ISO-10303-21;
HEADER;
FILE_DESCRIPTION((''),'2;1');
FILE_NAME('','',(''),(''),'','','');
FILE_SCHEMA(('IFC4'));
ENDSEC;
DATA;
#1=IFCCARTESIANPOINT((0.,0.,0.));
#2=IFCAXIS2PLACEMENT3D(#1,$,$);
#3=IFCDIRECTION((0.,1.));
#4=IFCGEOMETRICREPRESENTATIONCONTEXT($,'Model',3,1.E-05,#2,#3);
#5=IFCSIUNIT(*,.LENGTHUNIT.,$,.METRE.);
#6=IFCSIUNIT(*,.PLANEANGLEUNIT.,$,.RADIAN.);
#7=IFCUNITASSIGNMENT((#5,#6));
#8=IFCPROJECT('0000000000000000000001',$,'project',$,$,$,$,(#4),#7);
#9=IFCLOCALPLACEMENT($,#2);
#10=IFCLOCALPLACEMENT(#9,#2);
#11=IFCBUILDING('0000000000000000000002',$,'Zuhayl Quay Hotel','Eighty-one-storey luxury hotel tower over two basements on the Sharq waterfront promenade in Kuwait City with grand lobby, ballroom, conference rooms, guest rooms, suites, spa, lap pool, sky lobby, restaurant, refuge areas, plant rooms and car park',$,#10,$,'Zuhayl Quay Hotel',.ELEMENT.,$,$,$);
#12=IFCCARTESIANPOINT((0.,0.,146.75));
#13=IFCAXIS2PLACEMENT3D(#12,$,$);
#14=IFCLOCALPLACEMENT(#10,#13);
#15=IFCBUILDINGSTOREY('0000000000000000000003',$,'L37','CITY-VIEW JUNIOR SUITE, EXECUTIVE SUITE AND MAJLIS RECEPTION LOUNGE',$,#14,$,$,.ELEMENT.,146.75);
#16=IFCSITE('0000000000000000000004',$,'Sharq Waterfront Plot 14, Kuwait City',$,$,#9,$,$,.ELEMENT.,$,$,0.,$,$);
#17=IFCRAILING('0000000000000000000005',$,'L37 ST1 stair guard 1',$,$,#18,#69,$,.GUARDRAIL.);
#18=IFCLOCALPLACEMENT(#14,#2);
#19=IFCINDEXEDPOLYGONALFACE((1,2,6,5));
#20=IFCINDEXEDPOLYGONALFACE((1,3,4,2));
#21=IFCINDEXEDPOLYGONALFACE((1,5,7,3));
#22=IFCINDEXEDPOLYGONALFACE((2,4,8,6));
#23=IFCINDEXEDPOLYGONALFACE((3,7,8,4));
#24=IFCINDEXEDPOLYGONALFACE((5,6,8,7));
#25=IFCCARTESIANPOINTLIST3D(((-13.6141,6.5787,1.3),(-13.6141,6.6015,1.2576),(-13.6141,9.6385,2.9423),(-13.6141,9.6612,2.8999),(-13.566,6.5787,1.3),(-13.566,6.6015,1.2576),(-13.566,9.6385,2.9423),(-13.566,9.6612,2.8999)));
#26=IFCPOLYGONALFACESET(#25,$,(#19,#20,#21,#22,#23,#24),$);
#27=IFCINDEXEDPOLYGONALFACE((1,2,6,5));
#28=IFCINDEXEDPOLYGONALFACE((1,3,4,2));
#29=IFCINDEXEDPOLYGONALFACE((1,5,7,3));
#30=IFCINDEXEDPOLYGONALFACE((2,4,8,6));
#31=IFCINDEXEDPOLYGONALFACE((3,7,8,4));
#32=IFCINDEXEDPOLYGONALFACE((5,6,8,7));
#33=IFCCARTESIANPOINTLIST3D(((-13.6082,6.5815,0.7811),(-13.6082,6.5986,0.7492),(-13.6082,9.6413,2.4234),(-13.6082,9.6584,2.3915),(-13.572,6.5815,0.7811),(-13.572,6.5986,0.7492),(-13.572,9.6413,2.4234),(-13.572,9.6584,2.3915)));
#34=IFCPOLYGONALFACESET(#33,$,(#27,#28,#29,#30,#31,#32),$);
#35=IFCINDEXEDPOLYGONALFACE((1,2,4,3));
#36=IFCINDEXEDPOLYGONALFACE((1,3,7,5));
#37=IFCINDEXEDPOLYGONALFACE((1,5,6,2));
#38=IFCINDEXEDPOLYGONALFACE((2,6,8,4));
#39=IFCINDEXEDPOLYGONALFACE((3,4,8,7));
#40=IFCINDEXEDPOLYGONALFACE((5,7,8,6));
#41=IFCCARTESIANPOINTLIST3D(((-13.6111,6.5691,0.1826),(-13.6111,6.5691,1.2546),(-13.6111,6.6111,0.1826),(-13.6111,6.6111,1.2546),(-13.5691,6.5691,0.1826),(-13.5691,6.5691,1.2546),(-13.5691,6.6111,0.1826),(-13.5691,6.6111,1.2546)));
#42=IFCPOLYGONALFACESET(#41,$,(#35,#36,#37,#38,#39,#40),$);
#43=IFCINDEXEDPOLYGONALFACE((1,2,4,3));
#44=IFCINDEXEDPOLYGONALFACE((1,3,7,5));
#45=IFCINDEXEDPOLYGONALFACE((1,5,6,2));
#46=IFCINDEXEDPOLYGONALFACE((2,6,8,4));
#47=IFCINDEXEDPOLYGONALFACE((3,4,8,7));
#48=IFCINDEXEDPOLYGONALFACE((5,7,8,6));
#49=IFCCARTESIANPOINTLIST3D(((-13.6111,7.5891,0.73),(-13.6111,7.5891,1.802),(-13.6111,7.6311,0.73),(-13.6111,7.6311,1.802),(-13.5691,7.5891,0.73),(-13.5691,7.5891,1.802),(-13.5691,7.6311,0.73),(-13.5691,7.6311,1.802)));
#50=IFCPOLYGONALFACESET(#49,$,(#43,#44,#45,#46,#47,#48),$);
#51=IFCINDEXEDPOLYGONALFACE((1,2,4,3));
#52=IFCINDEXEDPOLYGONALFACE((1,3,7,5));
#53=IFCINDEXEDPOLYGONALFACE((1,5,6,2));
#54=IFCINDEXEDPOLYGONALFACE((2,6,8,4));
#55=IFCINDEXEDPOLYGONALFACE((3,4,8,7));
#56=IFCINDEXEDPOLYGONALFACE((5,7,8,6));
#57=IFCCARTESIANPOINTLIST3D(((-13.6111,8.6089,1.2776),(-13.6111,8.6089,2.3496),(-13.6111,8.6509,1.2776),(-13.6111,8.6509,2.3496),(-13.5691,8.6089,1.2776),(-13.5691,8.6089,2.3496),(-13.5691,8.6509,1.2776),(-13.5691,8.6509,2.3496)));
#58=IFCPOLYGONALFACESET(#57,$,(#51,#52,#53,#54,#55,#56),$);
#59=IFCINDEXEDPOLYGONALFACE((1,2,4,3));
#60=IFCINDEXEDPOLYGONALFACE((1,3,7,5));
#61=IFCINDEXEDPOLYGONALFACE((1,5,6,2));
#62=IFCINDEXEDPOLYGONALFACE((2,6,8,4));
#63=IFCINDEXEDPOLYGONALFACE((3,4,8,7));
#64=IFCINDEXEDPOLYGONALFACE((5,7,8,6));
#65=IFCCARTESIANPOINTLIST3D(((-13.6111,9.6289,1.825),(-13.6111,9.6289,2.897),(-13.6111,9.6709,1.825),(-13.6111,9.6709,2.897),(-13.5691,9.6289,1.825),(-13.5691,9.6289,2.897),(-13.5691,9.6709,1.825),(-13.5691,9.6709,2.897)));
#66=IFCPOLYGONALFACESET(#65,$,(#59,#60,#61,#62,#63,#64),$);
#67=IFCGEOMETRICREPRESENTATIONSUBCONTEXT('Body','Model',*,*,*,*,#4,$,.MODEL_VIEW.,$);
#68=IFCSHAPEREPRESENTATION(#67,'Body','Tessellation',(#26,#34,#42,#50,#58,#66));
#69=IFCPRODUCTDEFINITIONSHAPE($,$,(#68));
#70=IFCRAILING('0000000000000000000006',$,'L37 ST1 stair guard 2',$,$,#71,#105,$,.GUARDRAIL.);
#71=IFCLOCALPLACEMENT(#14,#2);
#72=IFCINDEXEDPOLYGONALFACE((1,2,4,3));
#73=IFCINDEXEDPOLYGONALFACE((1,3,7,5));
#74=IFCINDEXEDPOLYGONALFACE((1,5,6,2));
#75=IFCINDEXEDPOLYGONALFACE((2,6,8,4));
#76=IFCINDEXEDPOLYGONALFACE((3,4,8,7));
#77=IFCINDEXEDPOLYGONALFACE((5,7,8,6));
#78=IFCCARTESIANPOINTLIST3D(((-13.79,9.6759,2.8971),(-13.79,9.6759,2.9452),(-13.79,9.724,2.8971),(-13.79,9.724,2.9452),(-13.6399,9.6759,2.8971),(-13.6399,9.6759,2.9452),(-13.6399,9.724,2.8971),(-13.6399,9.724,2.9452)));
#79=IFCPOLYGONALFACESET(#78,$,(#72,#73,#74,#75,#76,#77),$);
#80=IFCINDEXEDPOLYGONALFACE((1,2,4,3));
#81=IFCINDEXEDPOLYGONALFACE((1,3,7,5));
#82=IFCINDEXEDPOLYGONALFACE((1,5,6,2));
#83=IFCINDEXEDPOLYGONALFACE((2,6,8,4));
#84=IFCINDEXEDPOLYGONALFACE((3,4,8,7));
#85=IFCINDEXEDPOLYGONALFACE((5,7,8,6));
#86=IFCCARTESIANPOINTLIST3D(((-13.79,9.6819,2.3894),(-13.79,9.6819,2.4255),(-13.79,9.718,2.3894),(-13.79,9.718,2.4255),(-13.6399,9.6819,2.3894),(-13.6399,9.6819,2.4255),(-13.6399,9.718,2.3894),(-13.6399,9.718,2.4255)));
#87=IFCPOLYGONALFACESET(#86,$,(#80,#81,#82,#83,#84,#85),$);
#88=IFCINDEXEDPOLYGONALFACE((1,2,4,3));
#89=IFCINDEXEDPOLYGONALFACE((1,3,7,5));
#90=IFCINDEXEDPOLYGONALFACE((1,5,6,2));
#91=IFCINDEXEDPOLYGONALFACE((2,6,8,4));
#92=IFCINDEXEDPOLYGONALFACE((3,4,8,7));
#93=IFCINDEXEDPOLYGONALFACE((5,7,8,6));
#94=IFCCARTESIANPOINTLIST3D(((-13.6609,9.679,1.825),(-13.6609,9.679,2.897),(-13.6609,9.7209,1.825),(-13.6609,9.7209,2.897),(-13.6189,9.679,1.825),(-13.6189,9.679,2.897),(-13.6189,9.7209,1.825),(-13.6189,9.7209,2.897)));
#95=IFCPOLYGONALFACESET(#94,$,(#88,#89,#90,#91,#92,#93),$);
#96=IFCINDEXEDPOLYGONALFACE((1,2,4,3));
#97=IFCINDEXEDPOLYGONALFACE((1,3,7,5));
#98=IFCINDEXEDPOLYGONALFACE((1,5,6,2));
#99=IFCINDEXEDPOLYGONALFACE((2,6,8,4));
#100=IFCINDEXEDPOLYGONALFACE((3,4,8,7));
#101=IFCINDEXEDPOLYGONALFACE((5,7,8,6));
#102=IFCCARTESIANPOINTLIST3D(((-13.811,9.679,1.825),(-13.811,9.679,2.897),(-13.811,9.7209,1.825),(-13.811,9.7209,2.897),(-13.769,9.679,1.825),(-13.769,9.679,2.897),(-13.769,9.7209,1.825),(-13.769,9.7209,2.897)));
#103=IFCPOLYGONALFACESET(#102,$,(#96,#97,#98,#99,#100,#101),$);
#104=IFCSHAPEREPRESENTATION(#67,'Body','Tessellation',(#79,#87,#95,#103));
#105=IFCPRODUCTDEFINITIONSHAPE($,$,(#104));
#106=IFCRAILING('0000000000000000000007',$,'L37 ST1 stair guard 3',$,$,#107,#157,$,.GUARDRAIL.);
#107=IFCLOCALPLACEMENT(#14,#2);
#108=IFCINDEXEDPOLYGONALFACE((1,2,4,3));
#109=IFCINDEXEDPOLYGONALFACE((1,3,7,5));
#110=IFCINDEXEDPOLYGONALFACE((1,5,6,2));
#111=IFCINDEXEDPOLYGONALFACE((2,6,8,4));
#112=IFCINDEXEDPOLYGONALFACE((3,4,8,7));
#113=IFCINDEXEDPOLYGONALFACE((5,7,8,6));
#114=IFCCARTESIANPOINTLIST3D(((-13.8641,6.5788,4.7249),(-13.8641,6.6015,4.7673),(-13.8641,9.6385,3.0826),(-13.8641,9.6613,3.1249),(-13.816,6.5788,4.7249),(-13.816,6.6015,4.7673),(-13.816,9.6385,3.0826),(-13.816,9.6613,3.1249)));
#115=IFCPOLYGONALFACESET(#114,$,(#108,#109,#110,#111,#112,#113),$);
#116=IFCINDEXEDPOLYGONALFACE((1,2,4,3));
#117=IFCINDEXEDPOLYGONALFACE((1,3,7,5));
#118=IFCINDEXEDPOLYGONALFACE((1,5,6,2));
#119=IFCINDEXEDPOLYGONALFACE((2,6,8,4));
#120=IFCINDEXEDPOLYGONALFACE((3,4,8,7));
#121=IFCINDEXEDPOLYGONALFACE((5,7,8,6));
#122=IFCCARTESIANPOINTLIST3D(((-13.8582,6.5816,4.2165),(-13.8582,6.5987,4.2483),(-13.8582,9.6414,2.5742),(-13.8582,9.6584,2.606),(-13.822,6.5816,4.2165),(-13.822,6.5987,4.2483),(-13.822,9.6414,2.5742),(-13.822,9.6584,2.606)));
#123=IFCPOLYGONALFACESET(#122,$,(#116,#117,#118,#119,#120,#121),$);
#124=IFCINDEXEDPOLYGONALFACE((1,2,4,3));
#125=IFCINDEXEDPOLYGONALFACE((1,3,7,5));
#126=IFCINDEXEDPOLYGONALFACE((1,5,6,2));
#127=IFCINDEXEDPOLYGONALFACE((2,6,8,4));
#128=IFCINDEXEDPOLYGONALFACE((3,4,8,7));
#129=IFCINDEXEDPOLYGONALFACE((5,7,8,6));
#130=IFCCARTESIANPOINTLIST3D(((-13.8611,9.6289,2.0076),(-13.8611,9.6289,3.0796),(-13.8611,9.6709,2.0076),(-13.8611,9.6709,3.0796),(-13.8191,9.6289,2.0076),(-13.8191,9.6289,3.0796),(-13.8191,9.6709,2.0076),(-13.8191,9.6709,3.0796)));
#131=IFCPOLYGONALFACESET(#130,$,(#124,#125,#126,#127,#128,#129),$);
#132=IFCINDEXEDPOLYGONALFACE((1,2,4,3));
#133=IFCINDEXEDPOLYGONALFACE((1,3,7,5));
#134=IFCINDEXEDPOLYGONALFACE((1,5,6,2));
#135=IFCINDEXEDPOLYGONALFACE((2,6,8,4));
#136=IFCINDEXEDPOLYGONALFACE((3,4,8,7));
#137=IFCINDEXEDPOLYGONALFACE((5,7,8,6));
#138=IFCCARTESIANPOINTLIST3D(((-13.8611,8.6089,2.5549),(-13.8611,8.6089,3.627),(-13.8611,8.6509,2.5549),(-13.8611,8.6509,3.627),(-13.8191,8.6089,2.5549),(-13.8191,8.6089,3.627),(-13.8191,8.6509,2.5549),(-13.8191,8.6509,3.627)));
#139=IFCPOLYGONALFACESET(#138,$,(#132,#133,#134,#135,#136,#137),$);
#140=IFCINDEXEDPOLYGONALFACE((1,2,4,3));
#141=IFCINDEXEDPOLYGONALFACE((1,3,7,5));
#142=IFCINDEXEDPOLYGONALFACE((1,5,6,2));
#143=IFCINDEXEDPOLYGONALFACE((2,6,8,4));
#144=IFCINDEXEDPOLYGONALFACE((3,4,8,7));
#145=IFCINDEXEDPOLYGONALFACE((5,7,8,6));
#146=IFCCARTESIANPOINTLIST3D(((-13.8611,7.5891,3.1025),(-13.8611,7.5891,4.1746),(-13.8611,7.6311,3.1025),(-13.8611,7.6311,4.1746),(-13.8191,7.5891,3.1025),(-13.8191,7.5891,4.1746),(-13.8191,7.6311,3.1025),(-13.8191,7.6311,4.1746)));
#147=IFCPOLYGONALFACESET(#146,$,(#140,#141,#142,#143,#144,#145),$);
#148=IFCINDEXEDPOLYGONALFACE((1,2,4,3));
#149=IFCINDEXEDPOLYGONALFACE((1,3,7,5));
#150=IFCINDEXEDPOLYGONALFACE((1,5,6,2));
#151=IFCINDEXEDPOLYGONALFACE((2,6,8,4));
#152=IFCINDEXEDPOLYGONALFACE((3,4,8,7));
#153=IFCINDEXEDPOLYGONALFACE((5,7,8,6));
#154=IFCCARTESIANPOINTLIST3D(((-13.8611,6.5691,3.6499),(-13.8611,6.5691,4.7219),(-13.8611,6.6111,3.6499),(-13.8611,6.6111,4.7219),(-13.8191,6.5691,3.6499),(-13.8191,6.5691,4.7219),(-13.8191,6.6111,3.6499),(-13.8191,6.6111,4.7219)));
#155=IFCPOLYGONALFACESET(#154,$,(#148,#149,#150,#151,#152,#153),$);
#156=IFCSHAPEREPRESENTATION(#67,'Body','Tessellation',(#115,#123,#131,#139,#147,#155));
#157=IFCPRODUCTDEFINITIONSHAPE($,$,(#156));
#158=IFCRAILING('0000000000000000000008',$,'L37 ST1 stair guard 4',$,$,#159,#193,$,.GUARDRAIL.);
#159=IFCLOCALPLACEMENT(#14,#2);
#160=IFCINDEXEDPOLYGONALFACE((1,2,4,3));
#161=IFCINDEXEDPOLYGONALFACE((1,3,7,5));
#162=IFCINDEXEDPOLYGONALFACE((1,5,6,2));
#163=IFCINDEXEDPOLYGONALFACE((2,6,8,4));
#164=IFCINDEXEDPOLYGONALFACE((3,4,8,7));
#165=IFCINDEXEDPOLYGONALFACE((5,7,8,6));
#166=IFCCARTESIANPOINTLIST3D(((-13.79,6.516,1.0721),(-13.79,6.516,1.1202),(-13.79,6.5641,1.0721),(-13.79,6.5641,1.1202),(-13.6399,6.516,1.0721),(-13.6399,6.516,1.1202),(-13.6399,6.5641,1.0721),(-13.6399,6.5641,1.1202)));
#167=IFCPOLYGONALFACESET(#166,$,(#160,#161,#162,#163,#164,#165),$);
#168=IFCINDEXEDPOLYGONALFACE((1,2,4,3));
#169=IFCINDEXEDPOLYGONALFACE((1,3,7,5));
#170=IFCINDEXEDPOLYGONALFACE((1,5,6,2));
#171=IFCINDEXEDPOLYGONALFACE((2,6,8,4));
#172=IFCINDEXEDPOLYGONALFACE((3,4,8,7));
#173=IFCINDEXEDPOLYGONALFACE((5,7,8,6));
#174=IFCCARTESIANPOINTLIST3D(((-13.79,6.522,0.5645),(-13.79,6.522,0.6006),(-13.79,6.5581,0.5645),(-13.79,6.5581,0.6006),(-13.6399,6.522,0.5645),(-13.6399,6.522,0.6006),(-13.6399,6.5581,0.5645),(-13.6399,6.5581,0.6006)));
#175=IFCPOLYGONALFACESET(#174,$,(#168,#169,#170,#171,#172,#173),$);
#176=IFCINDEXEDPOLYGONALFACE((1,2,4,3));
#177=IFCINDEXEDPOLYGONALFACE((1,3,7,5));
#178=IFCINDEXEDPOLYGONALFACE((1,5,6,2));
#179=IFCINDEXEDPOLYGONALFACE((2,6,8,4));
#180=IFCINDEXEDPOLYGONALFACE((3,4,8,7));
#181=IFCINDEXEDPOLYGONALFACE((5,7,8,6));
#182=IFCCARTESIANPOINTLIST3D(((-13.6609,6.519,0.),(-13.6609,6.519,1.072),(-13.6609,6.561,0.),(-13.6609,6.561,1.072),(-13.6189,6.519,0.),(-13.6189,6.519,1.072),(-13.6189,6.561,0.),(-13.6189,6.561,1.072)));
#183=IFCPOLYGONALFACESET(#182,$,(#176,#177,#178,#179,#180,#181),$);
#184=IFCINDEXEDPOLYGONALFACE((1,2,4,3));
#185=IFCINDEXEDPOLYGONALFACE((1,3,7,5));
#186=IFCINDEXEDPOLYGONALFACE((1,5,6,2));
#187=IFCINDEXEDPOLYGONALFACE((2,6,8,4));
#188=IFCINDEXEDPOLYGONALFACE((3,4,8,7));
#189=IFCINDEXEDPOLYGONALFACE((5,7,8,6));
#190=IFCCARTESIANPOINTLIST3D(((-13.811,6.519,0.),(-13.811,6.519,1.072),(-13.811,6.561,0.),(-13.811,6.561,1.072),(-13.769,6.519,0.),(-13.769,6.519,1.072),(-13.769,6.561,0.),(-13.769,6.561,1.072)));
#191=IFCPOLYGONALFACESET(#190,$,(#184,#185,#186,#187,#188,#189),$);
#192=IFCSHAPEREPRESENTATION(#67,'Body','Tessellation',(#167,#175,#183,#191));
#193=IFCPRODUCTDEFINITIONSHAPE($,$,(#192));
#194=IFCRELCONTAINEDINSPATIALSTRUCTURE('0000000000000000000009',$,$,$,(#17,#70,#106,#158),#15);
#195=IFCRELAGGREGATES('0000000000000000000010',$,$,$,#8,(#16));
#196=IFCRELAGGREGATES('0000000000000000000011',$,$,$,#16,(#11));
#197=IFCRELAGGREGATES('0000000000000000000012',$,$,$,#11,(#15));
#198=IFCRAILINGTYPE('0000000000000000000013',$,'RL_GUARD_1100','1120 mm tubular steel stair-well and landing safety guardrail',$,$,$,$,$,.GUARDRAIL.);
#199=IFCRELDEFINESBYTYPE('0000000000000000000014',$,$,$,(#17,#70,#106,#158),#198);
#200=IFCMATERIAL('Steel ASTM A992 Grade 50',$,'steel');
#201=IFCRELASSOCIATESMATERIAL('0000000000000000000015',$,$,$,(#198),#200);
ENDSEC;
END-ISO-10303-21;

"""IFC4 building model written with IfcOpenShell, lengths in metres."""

from ifc_helpers import new_model, si_unit, direction, frame, origin, origin_2d, place, context, subcontext, project, spatial, rectangle, extrude, material, type_object, element, save


model = new_model("IFC4")

# Units and contexts
model_context = context("Model", 3, precision=1e-05, world=origin(), true_north=direction((0.0, 1.0)))
body_context = subcontext(model_context, "Body", "Model", "MODEL_VIEW")
ifc_project = project(units=[si_unit("LENGTHUNIT", "METRE"), si_unit("PLANEANGLEUNIT", "RADIAN")], contexts=[model_context])

# Site, building, storey
site_placement = place(None, origin())
site = spatial("IfcSite", under=ifc_project, at=site_placement, Name="Sharq Waterfront Plot 14, Kuwait City", CompositionType="ELEMENT", RefElevation=0.0)
building_placement = place(site_placement, origin())
building = spatial("IfcBuilding", under=site, at=building_placement, Name="Zuhayl Quay Hotel", Description="Eighty-one-storey luxury hotel tower over two basements on the Sharq waterfront promenade in Kuwait City with grand lobby, ballroom, conference rooms, guest rooms, suites, spa, lap pool, sky lobby, restaurant, refuge areas, plant rooms and car park", LongName="Zuhayl Quay Hotel", CompositionType="ELEMENT")
storey_placement = place(building_placement, frame((0.0, 0.0, 146.75)))
storey = spatial("IfcBuildingStorey", under=building, at=storey_placement, Name="L37", Description="CITY-VIEW JUNIOR SUITE, EXECUTIVE SUITE AND MAJLIS RECEPTION LOUNGE", CompositionType="ELEMENT", Elevation=146.75)

# Shared definitions
ifc_material_1 = material(Name="Steel ASTM A992 Grade 50", Category="steel")

# Railings
railing_type_1 = type_object("IfcRailingType", Name="RL_GUARD_1100", Description="1120 mm tubular steel stair-well and landing safety guardrail", PredefinedType="GUARDRAIL", material=ifc_material_1)
railing_1_placement = place(storey_placement, frame((-13.5901, 6.5901, 0.1826)))
element("IfcRailing", 1, at=railing_1_placement, inside=storey, type_object=railing_type_1, Name="L37 ST1 stair guard 1", PredefinedType="GUARDRAIL", context=body_context, shape_type="SweptSolid", body=[
    extrude(rectangle(XDim=0.0481, YDim=0.0481, at=origin_2d()), frame((0.0, 0.0, 1.0962), z_axis=(0.0, 0.881102, 0.472926), x_axis=(-1.0, 0.0, 0.0)), (0.0, 0.0, 1.0), 3.4727),
    extrude(rectangle(XDim=0.0361, YDim=0.0361, at=origin_2d()), frame((0.0, 0.0, 0.5825), z_axis=(0.0, 0.881102, 0.472926), x_axis=(-1.0, 0.0, 0.0)), (0.0, 0.0, 1.0), 3.4727),
    extrude(rectangle(XDim=0.042, YDim=0.042, at=origin_2d()), origin(), (0.0, 0.0, 1.0), 1.072),
    extrude(rectangle(XDim=0.042, YDim=0.042, at=origin_2d()), frame((0.0, 1.02, 0.5474)), (0.0, 0.0, 1.0), 1.072),
    extrude(rectangle(XDim=0.042, YDim=0.042, at=origin_2d()), frame((0.0, 2.0398, 1.095)), (0.0, 0.0, 1.0), 1.072),
    extrude(rectangle(XDim=0.042, YDim=0.042, at=origin_2d()), frame((0.0, 3.0598, 1.6423)), (0.0, 0.0, 1.0), 1.072),
])
railing_2_placement = place(storey_placement, frame((-13.6399, 9.7, 1.825)))
element("IfcRailing", 2, at=railing_2_placement, inside=storey, type_object=railing_type_1, Name="L37 ST1 stair guard 2", PredefinedType="GUARDRAIL", context=body_context, shape_type="SweptSolid", body=[
    extrude(rectangle(XDim=0.0481, YDim=0.0481, at=origin_2d()), frame((0.0, 0.0, 1.0962), z_axis=(-1.0, 0.0, 0.0), x_axis=(0.0, -1.0, 0.0)), (0.0, 0.0, 1.0), 0.1501),
    extrude(rectangle(XDim=0.0361, YDim=0.0361, at=origin_2d()), frame((0.0, 0.0, 0.5825), z_axis=(-1.0, 0.0, 0.0), x_axis=(0.0, -1.0, 0.0)), (0.0, 0.0, 1.0), 0.1501),
    extrude(rectangle(XDim=0.042, YDim=0.042, at=origin_2d()), origin(), (0.0, 0.0, 1.0), 1.072),
    extrude(rectangle(XDim=0.042, YDim=0.042, at=origin_2d()), frame((-0.1501, 0.0, 0.0)), (0.0, 0.0, 1.0), 1.072),
])
railing_3_placement = place(storey_placement, frame((-13.8401, 9.6499, 2.0076)))
element("IfcRailing", 3, at=railing_3_placement, inside=storey, type_object=railing_type_1, Name="L37 ST1 stair guard 3", PredefinedType="GUARDRAIL", context=body_context, shape_type="SweptSolid", body=[
    extrude(rectangle(XDim=0.0481, YDim=0.0481, at=origin_2d()), frame((0.0, 0.0, 1.0962), z_axis=(0.0, -0.881102, 0.472926), x_axis=(1.0, 0.0, 0.0)), (0.0, 0.0, 1.0), 3.4727),
    extrude(rectangle(XDim=0.0361, YDim=0.0361, at=origin_2d()), frame((0.0, 0.0, 0.5825), z_axis=(0.0, -0.881102, 0.472926), x_axis=(1.0, 0.0, 0.0)), (0.0, 0.0, 1.0), 3.4727),
    extrude(rectangle(XDim=0.042, YDim=0.042, at=origin_2d()), origin(), (0.0, 0.0, 1.0), 1.072),
    extrude(rectangle(XDim=0.042, YDim=0.042, at=origin_2d()), frame((0.0, -1.02, 0.5474)), (0.0, 0.0, 1.0), 1.072),
    extrude(rectangle(XDim=0.042, YDim=0.042, at=origin_2d()), frame((0.0, -2.0398, 1.095)), (0.0, 0.0, 1.0), 1.072),
    extrude(rectangle(XDim=0.042, YDim=0.042, at=origin_2d()), frame((0.0, -3.0598, 1.6423)), (0.0, 0.0, 1.0), 1.072),
])
railing_4_placement = place(storey_placement, frame((-13.6399, 6.54, 0.0)))
element("IfcRailing", 4, at=railing_4_placement, inside=storey, type_object=railing_type_1, Name="L37 ST1 stair guard 4", PredefinedType="GUARDRAIL", context=body_context, shape_type="SweptSolid", body=[
    extrude(rectangle(XDim=0.0481, YDim=0.0481, at=origin_2d()), frame((0.0, 0.0, 1.0962), z_axis=(-1.0, 0.0, 0.0), x_axis=(0.0, -1.0, 0.0)), (0.0, 0.0, 1.0), 0.1501),
    extrude(rectangle(XDim=0.0361, YDim=0.0361, at=origin_2d()), frame((0.0, 0.0, 0.5825), z_axis=(-1.0, 0.0, 0.0), x_axis=(0.0, -1.0, 0.0)), (0.0, 0.0, 1.0), 0.1501),
    extrude(rectangle(XDim=0.042, YDim=0.042, at=origin_2d()), origin(), (0.0, 0.0, 1.0), 1.072),
    extrude(rectangle(XDim=0.042, YDim=0.042, at=origin_2d()), frame((-0.1501, 0.0, 0.0)), (0.0, 0.0, 1.0), 1.072),
])

save(model, "model.ifc")
